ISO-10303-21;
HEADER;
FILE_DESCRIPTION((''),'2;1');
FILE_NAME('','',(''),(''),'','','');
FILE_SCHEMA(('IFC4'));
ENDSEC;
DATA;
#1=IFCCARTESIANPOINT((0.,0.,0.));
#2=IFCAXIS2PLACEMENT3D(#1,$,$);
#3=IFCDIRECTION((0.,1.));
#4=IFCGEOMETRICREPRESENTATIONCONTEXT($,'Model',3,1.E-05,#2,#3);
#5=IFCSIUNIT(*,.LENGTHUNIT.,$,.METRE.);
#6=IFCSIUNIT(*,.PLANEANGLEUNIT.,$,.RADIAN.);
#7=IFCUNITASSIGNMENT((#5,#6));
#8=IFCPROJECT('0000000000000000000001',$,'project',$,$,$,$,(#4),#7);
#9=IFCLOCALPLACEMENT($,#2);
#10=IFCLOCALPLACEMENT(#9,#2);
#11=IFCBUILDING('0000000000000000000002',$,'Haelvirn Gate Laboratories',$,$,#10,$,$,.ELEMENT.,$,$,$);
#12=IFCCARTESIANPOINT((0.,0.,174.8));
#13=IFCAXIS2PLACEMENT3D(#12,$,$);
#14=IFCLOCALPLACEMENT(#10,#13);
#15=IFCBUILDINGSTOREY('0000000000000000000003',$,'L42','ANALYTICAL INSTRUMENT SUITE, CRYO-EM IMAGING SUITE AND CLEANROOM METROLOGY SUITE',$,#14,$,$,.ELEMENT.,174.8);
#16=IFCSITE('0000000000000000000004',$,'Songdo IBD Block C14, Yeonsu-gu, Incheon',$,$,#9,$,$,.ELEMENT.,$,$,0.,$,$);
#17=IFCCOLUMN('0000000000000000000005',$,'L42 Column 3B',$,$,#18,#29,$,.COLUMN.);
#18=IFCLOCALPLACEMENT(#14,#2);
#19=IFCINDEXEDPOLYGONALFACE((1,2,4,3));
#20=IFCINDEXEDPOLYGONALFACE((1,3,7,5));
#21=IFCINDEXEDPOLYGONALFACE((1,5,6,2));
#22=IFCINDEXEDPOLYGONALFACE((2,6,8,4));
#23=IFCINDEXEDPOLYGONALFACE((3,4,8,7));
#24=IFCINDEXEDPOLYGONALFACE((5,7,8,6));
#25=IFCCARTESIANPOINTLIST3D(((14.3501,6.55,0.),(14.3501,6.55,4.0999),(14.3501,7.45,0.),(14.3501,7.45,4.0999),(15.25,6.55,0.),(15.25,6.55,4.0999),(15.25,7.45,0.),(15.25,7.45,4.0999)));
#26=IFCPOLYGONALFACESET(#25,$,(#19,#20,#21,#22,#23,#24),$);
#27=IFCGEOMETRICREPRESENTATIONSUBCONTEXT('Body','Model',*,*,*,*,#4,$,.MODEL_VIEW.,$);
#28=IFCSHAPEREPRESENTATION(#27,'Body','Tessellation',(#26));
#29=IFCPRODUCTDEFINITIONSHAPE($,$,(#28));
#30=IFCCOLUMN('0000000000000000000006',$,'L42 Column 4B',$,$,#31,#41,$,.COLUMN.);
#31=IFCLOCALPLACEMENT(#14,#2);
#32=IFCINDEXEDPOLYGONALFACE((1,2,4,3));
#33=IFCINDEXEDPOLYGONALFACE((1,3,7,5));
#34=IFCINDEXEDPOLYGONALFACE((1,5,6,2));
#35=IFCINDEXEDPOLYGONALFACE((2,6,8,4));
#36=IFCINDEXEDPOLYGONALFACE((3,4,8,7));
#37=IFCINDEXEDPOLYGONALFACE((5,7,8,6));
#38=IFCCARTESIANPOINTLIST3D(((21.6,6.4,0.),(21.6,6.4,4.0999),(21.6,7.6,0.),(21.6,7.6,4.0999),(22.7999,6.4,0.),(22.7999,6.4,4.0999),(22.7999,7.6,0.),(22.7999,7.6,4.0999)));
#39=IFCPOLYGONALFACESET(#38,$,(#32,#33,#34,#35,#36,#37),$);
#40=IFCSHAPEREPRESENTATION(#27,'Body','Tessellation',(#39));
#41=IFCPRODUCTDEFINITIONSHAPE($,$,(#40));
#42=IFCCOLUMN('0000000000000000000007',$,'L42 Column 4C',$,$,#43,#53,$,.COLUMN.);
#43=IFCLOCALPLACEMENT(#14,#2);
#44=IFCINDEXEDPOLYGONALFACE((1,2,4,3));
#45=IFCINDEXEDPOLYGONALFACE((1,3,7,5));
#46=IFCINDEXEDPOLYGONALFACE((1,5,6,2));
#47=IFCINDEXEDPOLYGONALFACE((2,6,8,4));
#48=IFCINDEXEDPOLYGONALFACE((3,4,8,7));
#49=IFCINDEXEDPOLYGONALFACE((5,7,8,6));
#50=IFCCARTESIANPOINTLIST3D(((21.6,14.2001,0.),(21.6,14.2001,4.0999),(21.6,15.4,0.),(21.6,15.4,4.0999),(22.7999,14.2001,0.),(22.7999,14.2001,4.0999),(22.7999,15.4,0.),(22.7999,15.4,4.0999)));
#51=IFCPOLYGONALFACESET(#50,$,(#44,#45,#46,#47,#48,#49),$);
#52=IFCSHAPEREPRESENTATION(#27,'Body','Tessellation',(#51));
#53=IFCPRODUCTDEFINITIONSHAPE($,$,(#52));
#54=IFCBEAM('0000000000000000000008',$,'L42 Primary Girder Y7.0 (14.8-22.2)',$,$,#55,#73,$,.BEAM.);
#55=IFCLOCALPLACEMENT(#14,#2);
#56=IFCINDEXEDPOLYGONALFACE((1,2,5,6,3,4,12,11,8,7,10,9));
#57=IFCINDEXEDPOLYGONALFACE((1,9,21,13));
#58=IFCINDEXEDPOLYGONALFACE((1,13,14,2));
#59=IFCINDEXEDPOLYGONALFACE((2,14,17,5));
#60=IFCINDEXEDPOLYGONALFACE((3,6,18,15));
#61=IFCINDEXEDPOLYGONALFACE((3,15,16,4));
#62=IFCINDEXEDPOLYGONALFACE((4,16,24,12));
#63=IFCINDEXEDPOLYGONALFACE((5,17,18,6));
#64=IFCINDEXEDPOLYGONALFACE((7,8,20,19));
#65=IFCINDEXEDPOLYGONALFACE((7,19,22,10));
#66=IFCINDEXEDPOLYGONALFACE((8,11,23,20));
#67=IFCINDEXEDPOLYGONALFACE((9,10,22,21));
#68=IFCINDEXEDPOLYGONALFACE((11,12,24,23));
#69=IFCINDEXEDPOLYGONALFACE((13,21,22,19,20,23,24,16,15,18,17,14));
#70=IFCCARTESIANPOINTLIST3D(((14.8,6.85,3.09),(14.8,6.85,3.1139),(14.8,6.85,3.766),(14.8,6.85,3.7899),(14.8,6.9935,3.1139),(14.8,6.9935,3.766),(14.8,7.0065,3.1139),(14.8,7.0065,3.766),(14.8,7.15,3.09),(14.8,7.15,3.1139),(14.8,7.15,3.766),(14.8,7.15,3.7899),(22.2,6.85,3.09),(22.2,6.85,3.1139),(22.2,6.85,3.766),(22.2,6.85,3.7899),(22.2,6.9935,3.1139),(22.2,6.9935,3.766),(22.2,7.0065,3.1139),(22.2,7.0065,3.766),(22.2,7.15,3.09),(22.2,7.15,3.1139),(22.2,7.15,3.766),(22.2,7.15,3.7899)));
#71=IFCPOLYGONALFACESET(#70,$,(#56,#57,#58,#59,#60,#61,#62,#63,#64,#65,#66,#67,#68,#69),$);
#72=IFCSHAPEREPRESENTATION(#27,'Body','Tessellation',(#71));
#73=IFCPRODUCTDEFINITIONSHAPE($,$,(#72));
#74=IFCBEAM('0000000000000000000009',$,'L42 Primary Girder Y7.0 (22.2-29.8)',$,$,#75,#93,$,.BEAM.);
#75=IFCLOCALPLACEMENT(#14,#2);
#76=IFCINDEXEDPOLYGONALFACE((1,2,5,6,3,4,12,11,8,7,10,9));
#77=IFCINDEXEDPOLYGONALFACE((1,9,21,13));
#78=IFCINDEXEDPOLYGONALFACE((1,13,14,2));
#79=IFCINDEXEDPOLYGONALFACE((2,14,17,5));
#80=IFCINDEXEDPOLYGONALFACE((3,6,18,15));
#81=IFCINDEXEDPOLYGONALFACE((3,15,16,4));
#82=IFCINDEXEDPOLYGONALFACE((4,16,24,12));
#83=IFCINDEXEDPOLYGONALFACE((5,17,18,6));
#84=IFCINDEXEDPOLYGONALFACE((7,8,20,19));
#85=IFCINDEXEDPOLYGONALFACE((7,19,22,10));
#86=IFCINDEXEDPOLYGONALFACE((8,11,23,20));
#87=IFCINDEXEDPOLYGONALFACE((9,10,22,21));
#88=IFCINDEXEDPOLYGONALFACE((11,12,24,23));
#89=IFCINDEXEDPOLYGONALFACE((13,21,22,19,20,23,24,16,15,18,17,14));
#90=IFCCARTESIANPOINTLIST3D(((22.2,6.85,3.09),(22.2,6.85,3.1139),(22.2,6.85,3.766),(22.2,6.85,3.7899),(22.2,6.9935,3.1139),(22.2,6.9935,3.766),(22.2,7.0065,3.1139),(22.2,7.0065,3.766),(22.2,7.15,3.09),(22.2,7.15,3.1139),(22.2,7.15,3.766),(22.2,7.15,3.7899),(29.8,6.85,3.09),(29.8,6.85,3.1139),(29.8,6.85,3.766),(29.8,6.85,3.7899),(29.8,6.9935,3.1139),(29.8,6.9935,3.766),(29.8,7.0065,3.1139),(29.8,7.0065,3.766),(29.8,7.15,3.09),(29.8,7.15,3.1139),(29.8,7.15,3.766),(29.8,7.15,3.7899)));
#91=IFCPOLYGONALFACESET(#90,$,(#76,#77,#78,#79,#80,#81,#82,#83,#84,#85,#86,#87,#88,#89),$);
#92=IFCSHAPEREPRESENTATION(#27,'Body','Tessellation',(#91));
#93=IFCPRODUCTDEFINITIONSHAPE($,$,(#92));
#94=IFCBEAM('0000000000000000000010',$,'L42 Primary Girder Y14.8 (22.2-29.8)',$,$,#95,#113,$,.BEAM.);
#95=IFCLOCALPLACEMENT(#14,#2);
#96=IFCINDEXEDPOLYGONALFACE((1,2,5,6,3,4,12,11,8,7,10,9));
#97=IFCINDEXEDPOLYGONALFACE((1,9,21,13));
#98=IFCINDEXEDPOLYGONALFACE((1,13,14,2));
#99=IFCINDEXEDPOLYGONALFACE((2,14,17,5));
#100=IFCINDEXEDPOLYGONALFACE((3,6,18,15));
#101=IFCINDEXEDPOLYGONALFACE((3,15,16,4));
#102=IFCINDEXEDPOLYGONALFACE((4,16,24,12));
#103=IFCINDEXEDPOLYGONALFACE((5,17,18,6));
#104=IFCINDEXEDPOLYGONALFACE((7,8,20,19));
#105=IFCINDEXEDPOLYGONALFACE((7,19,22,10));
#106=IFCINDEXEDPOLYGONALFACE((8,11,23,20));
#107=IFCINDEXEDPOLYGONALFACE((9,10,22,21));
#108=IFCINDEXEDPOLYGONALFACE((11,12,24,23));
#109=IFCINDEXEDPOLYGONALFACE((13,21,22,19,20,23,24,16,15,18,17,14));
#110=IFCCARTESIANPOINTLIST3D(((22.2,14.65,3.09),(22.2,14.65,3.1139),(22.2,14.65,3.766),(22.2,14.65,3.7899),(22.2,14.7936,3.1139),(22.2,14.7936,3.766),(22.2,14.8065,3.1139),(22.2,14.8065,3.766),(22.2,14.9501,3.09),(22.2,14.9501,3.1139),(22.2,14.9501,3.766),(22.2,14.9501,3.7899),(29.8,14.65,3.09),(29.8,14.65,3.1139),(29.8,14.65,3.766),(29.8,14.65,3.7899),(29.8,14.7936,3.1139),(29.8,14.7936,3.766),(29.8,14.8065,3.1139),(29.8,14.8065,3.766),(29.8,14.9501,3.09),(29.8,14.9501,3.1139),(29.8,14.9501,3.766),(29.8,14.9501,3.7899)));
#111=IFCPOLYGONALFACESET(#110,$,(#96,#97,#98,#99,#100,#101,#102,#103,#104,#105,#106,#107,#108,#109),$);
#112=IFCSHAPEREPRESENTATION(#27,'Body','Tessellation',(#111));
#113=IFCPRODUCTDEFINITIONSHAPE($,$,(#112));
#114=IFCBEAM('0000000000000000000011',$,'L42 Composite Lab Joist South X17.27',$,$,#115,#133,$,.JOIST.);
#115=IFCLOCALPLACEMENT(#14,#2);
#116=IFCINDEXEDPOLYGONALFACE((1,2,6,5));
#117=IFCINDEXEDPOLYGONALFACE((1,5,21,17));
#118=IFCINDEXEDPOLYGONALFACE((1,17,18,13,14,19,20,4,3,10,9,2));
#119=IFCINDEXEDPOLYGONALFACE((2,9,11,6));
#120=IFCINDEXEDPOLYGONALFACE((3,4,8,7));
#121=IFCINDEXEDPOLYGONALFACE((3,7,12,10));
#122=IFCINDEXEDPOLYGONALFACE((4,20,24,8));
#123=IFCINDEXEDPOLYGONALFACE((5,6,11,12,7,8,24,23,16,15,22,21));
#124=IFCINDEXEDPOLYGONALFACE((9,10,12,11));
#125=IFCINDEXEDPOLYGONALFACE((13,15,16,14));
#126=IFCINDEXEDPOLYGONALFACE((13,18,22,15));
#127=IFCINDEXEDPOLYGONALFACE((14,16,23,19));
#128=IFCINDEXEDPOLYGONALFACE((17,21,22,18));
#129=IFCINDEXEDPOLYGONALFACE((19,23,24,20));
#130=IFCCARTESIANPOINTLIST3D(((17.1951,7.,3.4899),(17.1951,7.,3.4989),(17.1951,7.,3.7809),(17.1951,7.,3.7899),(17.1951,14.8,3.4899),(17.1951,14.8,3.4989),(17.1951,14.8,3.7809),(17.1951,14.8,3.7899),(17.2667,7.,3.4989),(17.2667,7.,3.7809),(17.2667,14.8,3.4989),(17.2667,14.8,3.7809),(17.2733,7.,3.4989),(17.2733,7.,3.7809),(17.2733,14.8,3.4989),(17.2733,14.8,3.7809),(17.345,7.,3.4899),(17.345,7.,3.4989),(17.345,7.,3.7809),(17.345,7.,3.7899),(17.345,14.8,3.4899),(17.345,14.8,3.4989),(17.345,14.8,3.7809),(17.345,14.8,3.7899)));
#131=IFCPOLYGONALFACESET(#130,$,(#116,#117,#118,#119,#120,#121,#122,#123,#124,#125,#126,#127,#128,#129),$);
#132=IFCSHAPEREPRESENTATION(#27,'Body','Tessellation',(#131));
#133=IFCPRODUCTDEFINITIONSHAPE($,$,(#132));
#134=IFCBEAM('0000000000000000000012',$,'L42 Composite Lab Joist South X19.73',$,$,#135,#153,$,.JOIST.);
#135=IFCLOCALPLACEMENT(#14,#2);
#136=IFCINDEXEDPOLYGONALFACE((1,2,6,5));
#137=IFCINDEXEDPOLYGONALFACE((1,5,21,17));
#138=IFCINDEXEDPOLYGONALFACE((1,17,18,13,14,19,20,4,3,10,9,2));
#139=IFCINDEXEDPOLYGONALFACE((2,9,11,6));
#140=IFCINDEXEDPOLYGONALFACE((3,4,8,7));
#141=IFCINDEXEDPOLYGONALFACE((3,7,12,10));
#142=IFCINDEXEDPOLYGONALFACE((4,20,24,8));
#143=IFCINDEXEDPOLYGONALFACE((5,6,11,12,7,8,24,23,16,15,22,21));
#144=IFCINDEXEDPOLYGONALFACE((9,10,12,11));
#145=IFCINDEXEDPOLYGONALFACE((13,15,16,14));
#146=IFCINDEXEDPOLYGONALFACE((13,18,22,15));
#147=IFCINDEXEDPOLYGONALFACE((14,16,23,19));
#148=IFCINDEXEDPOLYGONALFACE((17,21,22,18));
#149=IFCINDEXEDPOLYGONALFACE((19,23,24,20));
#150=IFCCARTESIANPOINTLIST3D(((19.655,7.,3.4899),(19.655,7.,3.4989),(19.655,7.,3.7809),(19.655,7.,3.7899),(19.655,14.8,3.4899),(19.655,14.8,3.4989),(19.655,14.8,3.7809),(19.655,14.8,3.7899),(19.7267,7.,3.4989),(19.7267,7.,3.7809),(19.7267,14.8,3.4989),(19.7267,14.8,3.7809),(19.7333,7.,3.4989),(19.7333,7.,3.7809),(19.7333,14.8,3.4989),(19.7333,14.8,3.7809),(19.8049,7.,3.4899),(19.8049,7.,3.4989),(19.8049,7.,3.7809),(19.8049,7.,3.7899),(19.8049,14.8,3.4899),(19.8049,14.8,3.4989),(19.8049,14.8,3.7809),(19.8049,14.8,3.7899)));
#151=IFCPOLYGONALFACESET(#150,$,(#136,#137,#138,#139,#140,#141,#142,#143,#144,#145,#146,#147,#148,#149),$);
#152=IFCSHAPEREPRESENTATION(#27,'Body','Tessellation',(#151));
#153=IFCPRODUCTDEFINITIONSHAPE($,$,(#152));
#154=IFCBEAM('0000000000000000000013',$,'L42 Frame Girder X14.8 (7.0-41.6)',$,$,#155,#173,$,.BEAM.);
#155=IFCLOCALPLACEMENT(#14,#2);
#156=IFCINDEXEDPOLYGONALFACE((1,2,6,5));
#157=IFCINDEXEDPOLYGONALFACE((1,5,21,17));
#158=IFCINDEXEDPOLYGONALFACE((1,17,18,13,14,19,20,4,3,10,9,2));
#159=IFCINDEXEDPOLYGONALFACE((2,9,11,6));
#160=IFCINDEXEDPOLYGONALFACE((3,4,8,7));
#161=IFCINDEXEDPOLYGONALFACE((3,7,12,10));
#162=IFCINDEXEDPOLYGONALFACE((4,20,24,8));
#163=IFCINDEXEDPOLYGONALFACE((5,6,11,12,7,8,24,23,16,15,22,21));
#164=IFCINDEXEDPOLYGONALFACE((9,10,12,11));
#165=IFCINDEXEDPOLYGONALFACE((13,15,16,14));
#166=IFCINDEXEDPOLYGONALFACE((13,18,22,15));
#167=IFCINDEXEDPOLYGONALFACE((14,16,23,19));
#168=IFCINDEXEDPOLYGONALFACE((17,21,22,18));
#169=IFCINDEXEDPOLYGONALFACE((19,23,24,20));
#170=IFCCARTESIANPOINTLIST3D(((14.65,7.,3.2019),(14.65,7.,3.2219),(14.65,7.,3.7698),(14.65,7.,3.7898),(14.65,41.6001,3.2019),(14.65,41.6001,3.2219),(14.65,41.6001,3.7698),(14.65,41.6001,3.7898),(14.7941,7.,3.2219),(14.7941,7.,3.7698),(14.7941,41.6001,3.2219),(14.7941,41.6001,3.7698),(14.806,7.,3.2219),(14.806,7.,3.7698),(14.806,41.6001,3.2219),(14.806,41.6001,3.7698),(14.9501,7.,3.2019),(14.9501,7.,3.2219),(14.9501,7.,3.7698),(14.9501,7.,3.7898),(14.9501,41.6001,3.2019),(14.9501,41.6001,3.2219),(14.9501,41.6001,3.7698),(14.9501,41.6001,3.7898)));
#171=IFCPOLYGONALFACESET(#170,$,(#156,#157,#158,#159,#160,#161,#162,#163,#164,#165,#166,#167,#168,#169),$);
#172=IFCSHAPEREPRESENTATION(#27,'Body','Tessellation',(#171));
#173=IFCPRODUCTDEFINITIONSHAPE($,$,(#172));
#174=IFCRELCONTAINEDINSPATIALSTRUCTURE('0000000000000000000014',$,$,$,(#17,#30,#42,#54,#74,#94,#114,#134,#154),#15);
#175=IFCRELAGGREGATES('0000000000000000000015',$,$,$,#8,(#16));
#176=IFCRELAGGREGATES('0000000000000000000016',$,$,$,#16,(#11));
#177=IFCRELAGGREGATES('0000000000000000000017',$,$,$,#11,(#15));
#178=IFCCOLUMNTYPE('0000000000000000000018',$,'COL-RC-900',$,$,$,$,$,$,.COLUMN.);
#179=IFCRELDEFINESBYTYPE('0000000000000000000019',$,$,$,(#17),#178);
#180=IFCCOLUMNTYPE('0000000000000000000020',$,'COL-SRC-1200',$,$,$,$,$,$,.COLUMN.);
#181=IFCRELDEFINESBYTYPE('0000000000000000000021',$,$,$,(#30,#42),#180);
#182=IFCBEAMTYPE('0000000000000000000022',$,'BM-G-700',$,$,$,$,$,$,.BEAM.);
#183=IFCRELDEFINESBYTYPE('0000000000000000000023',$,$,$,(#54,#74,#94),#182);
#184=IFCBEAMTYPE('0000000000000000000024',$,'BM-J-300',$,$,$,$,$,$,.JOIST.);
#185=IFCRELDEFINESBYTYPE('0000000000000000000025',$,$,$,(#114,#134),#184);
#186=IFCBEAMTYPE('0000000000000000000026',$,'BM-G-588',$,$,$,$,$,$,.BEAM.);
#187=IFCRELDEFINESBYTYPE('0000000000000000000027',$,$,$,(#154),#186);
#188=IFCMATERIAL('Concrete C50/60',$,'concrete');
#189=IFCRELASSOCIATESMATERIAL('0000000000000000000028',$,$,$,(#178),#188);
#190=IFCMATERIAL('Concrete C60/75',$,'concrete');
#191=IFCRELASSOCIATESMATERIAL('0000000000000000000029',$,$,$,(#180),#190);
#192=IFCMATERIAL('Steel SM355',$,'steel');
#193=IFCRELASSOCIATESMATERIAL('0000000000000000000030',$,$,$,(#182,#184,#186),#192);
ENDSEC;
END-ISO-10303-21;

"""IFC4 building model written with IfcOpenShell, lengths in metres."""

from ifc_helpers import new_model, si_unit, direction, frame, origin, origin_2d, place, context, subcontext, project, spatial, rectangle, i_section, extrude, source, transform, mapped, material, material_profile, profile_set, type_object, type_shapes, element, save


model = new_model("IFC4")

# Units and contexts
model_context = context("Model", 3, precision=1e-05, world=origin(), true_north=direction((0.0, 1.0)))
body_context = subcontext(model_context, "Body", "Model", "MODEL_VIEW")
ifc_project = project(units=[si_unit("LENGTHUNIT", "METRE"), si_unit("PLANEANGLEUNIT", "RADIAN")], contexts=[model_context])

# Site, building, storey
site_placement = place(None, origin())
site = spatial("IfcSite", under=ifc_project, at=site_placement, Name="Songdo IBD Block C14, Yeonsu-gu, Incheon", CompositionType="ELEMENT", RefElevation=0.0)
building_placement = place(site_placement, origin())
building = spatial("IfcBuilding", under=site, at=building_placement, Name="Haelvirn Gate Laboratories", CompositionType="ELEMENT")
storey_placement = place(building_placement, frame((0.0, 0.0, 174.8)))
storey = spatial("IfcBuildingStorey", under=building, at=storey_placement, Name="L42", Description="ANALYTICAL INSTRUMENT SUITE, CRYO-EM IMAGING SUITE AND CLEANROOM METROLOGY SUITE", CompositionType="ELEMENT", Elevation=174.8)

# Columns
ifc_material_1 = material(Name="Concrete C50/60", Category="concrete")
ifc_material_profile_1 = material_profile(ifc_material_1, rectangle(XDim=0.8999, YDim=0.8999, at=origin_2d()), Name="RC-900x900")
ifc_profile_set_1 = profile_set([ifc_material_profile_1], Name="Concrete C50/60")
column_type_1 = type_object("IfcColumnType", Name="COL-RC-900", PredefinedType="COLUMN", material=ifc_profile_set_1)
shared_shape_1 = source(origin(), body_context, "Body", "SweptSolid", [
    extrude(rectangle(XDim=0.8999, YDim=0.8999, at=origin_2d()), origin(), (0.0, 0.0, 1.0), 4.0999),
])
type_shapes(column_type_1, [shared_shape_1])
column_placement = place(storey_placement, frame((14.8, 7.0, 0.0), z_axis=(0.0, 0.0, 1.0), x_axis=(1.0, 0.0, 0.0)))
element("IfcColumn", 1, at=column_placement, inside=storey, type_object=column_type_1, Name="L42 Column 3B", PredefinedType="COLUMN", context=body_context, shape_type="MappedRepresentation", body=[
    mapped(shared_shape_1, transform((0.0, 0.0, 0.0), scale=1.0)),
])
ifc_material_2 = material(Name="Concrete C60/75", Category="concrete")
ifc_material_profile_2 = material_profile(ifc_material_2, rectangle(XDim=1.2, YDim=1.2, at=origin_2d()), Name="SRC-1200x1200")
ifc_profile_set_2 = profile_set([ifc_material_profile_2], Name="Concrete C60/75")
column_type_2 = type_object("IfcColumnType", Name="COL-SRC-1200", PredefinedType="COLUMN", material=ifc_profile_set_2)
shared_shape_2 = source(origin(), body_context, "Body", "SweptSolid", [
    extrude(rectangle(XDim=1.2, YDim=1.2, at=origin_2d()), origin(), (0.0, 0.0, 1.0), 4.0999),
])
type_shapes(column_type_2, [shared_shape_2])
for number, where, z_axis, x_axis, name in (
    (2, (22.2, 7.0, 0.0), (0.0, 0.0, 1.0), (1.0, 0.0, 0.0), "L42 Column 4B"),
    (3, (22.2, 14.8, 0.0), (0.0, 0.0, 1.0), (1.0, 0.0, 0.0), "L42 Column 4C"),
):
    element("IfcColumn", number, at=place(storey_placement, frame(where, z_axis=z_axis, x_axis=x_axis)), inside=storey, type_object=column_type_2, Name=name, PredefinedType="COLUMN", context=body_context, shape_type="MappedRepresentation", body=[
        mapped(shared_shape_2, transform((0.0, 0.0, 0.0), scale=1.0)),
    ])

# Beams
ifc_material_3 = material(Name="Steel SM355", Category="steel")
ifc_material_profile_3 = material_profile(ifc_material_3, i_section(OverallWidth=0.3, OverallDepth=0.7, WebThickness=0.0129, FlangeThickness=0.0239, at=origin_2d()), Name="H-700x300x13x24")
ifc_profile_set_3 = profile_set([ifc_material_profile_3], Name="Steel SM355")
beam_type_1 = type_object("IfcBeamType", Name="BM-G-700", PredefinedType="BEAM", material=ifc_profile_set_3)
shared_shape_3 = source(origin(), body_context, "Body", "SweptSolid", [
    extrude(i_section(OverallWidth=0.3, OverallDepth=0.7, WebThickness=0.0129, FlangeThickness=0.0239, at=origin_2d()), origin(), (0.0, 0.0, 1.0), 7.3999),
])
beam_1_placement = place(storey_placement, frame((14.8, 7.0, 3.4399), z_axis=(1.0, 0.0, 0.0), x_axis=(0.0, 1.0, 0.0)))
element("IfcBeam", 4, at=beam_1_placement, inside=storey, type_object=beam_type_1, Name="L42 Primary Girder Y7.0 (14.8-22.2)", PredefinedType="BEAM", context=body_context, shape_type="MappedRepresentation", body=[
    mapped(shared_shape_3, transform((0.0, 0.0, 0.0), scale=1.0)),
])
shared_shape_4 = source(origin(), body_context, "Body", "SweptSolid", [
    extrude(i_section(OverallWidth=0.3, OverallDepth=0.7, WebThickness=0.0129, FlangeThickness=0.0239, at=origin_2d()), origin(), (0.0, 0.0, 1.0), 7.6001),
])
type_shapes(beam_type_1, [shared_shape_3, shared_shape_4])
for number, where, z_axis, x_axis, name in (
    (5, (22.2, 7.0, 3.4399), (1.0, 0.0, 0.0), (0.0, 1.0, 0.0), "L42 Primary Girder Y7.0 (22.2-29.8)"),
    (6, (22.2, 14.8, 3.4399), (1.0, 0.0, 0.0), (0.0, 1.0, 0.0), "L42 Primary Girder Y14.8 (22.2-29.8)"),
):
    element("IfcBeam", number, at=place(storey_placement, frame(where, z_axis=z_axis, x_axis=x_axis)), inside=storey, type_object=beam_type_1, Name=name, PredefinedType="BEAM", context=body_context, shape_type="MappedRepresentation", body=[
        mapped(shared_shape_4, transform((0.0, 0.0, 0.0), scale=1.0)),
    ])
ifc_material_profile_4 = material_profile(ifc_material_3, i_section(OverallWidth=0.1499, OverallDepth=0.3, WebThickness=0.0066, FlangeThickness=0.009, at=origin_2d()), Name="H-300x150x6.5x9")
ifc_profile_set_4 = profile_set([ifc_material_profile_4], Name="Steel SM355")
beam_type_2 = type_object("IfcBeamType", Name="BM-J-300", PredefinedType="JOIST", material=ifc_profile_set_4)
shared_shape_5 = source(origin(), body_context, "Body", "SweptSolid", [
    extrude(i_section(OverallWidth=0.1499, OverallDepth=0.3, WebThickness=0.0066, FlangeThickness=0.009, at=origin_2d()), origin(), (0.0, 0.0, 1.0), 7.8),
])
type_shapes(beam_type_2, [shared_shape_5])
for number, where, z_axis, x_axis, name in (
    (7, (17.27, 7.0, 3.6399), (0.0, 1.0, 0.0), (-1.0, 0.0, 0.0), "L42 Composite Lab Joist South X17.27"),
    (8, (19.73, 7.0, 3.6399), (0.0, 1.0, 0.0), (-1.0, 0.0, 0.0), "L42 Composite Lab Joist South X19.73"),
):
    element("IfcBeam", number, at=place(storey_placement, frame(where, z_axis=z_axis, x_axis=x_axis)), inside=storey, type_object=beam_type_2, Name=name, PredefinedType="JOIST", context=body_context, shape_type="MappedRepresentation", body=[
        mapped(shared_shape_5, transform((0.0, 0.0, 0.0), scale=1.0)),
    ])
ifc_material_profile_5 = material_profile(ifc_material_3, i_section(OverallWidth=0.3, OverallDepth=0.5879, WebThickness=0.012, FlangeThickness=0.02, at=origin_2d()), Name="H-588x300x12x20")
ifc_profile_set_5 = profile_set([ifc_material_profile_5], Name="Steel SM355")
beam_type_3 = type_object("IfcBeamType", Name="BM-G-588", PredefinedType="BEAM", material=ifc_profile_set_5)
shared_shape_6 = source(origin(), body_context, "Body", "SweptSolid", [
    extrude(i_section(OverallWidth=0.3, OverallDepth=0.5879, WebThickness=0.012, FlangeThickness=0.02, at=origin_2d()), origin(), (0.0, 0.0, 1.0), 34.6001),
])
beam_2_placement = place(storey_placement, frame((14.8, 7.0, 3.4958), z_axis=(0.0, 1.0, 0.0), x_axis=(-1.0, 0.0, 0.0)))
element("IfcBeam", 9, at=beam_2_placement, inside=storey, type_object=beam_type_3, Name="L42 Frame Girder X14.8 (7.0-41.6)", PredefinedType="BEAM", context=body_context, shape_type="MappedRepresentation", body=[
    mapped(shared_shape_6, transform((0.0, 0.0, 0.0), scale=1.0)),
])

save(model, "model.ifc")
